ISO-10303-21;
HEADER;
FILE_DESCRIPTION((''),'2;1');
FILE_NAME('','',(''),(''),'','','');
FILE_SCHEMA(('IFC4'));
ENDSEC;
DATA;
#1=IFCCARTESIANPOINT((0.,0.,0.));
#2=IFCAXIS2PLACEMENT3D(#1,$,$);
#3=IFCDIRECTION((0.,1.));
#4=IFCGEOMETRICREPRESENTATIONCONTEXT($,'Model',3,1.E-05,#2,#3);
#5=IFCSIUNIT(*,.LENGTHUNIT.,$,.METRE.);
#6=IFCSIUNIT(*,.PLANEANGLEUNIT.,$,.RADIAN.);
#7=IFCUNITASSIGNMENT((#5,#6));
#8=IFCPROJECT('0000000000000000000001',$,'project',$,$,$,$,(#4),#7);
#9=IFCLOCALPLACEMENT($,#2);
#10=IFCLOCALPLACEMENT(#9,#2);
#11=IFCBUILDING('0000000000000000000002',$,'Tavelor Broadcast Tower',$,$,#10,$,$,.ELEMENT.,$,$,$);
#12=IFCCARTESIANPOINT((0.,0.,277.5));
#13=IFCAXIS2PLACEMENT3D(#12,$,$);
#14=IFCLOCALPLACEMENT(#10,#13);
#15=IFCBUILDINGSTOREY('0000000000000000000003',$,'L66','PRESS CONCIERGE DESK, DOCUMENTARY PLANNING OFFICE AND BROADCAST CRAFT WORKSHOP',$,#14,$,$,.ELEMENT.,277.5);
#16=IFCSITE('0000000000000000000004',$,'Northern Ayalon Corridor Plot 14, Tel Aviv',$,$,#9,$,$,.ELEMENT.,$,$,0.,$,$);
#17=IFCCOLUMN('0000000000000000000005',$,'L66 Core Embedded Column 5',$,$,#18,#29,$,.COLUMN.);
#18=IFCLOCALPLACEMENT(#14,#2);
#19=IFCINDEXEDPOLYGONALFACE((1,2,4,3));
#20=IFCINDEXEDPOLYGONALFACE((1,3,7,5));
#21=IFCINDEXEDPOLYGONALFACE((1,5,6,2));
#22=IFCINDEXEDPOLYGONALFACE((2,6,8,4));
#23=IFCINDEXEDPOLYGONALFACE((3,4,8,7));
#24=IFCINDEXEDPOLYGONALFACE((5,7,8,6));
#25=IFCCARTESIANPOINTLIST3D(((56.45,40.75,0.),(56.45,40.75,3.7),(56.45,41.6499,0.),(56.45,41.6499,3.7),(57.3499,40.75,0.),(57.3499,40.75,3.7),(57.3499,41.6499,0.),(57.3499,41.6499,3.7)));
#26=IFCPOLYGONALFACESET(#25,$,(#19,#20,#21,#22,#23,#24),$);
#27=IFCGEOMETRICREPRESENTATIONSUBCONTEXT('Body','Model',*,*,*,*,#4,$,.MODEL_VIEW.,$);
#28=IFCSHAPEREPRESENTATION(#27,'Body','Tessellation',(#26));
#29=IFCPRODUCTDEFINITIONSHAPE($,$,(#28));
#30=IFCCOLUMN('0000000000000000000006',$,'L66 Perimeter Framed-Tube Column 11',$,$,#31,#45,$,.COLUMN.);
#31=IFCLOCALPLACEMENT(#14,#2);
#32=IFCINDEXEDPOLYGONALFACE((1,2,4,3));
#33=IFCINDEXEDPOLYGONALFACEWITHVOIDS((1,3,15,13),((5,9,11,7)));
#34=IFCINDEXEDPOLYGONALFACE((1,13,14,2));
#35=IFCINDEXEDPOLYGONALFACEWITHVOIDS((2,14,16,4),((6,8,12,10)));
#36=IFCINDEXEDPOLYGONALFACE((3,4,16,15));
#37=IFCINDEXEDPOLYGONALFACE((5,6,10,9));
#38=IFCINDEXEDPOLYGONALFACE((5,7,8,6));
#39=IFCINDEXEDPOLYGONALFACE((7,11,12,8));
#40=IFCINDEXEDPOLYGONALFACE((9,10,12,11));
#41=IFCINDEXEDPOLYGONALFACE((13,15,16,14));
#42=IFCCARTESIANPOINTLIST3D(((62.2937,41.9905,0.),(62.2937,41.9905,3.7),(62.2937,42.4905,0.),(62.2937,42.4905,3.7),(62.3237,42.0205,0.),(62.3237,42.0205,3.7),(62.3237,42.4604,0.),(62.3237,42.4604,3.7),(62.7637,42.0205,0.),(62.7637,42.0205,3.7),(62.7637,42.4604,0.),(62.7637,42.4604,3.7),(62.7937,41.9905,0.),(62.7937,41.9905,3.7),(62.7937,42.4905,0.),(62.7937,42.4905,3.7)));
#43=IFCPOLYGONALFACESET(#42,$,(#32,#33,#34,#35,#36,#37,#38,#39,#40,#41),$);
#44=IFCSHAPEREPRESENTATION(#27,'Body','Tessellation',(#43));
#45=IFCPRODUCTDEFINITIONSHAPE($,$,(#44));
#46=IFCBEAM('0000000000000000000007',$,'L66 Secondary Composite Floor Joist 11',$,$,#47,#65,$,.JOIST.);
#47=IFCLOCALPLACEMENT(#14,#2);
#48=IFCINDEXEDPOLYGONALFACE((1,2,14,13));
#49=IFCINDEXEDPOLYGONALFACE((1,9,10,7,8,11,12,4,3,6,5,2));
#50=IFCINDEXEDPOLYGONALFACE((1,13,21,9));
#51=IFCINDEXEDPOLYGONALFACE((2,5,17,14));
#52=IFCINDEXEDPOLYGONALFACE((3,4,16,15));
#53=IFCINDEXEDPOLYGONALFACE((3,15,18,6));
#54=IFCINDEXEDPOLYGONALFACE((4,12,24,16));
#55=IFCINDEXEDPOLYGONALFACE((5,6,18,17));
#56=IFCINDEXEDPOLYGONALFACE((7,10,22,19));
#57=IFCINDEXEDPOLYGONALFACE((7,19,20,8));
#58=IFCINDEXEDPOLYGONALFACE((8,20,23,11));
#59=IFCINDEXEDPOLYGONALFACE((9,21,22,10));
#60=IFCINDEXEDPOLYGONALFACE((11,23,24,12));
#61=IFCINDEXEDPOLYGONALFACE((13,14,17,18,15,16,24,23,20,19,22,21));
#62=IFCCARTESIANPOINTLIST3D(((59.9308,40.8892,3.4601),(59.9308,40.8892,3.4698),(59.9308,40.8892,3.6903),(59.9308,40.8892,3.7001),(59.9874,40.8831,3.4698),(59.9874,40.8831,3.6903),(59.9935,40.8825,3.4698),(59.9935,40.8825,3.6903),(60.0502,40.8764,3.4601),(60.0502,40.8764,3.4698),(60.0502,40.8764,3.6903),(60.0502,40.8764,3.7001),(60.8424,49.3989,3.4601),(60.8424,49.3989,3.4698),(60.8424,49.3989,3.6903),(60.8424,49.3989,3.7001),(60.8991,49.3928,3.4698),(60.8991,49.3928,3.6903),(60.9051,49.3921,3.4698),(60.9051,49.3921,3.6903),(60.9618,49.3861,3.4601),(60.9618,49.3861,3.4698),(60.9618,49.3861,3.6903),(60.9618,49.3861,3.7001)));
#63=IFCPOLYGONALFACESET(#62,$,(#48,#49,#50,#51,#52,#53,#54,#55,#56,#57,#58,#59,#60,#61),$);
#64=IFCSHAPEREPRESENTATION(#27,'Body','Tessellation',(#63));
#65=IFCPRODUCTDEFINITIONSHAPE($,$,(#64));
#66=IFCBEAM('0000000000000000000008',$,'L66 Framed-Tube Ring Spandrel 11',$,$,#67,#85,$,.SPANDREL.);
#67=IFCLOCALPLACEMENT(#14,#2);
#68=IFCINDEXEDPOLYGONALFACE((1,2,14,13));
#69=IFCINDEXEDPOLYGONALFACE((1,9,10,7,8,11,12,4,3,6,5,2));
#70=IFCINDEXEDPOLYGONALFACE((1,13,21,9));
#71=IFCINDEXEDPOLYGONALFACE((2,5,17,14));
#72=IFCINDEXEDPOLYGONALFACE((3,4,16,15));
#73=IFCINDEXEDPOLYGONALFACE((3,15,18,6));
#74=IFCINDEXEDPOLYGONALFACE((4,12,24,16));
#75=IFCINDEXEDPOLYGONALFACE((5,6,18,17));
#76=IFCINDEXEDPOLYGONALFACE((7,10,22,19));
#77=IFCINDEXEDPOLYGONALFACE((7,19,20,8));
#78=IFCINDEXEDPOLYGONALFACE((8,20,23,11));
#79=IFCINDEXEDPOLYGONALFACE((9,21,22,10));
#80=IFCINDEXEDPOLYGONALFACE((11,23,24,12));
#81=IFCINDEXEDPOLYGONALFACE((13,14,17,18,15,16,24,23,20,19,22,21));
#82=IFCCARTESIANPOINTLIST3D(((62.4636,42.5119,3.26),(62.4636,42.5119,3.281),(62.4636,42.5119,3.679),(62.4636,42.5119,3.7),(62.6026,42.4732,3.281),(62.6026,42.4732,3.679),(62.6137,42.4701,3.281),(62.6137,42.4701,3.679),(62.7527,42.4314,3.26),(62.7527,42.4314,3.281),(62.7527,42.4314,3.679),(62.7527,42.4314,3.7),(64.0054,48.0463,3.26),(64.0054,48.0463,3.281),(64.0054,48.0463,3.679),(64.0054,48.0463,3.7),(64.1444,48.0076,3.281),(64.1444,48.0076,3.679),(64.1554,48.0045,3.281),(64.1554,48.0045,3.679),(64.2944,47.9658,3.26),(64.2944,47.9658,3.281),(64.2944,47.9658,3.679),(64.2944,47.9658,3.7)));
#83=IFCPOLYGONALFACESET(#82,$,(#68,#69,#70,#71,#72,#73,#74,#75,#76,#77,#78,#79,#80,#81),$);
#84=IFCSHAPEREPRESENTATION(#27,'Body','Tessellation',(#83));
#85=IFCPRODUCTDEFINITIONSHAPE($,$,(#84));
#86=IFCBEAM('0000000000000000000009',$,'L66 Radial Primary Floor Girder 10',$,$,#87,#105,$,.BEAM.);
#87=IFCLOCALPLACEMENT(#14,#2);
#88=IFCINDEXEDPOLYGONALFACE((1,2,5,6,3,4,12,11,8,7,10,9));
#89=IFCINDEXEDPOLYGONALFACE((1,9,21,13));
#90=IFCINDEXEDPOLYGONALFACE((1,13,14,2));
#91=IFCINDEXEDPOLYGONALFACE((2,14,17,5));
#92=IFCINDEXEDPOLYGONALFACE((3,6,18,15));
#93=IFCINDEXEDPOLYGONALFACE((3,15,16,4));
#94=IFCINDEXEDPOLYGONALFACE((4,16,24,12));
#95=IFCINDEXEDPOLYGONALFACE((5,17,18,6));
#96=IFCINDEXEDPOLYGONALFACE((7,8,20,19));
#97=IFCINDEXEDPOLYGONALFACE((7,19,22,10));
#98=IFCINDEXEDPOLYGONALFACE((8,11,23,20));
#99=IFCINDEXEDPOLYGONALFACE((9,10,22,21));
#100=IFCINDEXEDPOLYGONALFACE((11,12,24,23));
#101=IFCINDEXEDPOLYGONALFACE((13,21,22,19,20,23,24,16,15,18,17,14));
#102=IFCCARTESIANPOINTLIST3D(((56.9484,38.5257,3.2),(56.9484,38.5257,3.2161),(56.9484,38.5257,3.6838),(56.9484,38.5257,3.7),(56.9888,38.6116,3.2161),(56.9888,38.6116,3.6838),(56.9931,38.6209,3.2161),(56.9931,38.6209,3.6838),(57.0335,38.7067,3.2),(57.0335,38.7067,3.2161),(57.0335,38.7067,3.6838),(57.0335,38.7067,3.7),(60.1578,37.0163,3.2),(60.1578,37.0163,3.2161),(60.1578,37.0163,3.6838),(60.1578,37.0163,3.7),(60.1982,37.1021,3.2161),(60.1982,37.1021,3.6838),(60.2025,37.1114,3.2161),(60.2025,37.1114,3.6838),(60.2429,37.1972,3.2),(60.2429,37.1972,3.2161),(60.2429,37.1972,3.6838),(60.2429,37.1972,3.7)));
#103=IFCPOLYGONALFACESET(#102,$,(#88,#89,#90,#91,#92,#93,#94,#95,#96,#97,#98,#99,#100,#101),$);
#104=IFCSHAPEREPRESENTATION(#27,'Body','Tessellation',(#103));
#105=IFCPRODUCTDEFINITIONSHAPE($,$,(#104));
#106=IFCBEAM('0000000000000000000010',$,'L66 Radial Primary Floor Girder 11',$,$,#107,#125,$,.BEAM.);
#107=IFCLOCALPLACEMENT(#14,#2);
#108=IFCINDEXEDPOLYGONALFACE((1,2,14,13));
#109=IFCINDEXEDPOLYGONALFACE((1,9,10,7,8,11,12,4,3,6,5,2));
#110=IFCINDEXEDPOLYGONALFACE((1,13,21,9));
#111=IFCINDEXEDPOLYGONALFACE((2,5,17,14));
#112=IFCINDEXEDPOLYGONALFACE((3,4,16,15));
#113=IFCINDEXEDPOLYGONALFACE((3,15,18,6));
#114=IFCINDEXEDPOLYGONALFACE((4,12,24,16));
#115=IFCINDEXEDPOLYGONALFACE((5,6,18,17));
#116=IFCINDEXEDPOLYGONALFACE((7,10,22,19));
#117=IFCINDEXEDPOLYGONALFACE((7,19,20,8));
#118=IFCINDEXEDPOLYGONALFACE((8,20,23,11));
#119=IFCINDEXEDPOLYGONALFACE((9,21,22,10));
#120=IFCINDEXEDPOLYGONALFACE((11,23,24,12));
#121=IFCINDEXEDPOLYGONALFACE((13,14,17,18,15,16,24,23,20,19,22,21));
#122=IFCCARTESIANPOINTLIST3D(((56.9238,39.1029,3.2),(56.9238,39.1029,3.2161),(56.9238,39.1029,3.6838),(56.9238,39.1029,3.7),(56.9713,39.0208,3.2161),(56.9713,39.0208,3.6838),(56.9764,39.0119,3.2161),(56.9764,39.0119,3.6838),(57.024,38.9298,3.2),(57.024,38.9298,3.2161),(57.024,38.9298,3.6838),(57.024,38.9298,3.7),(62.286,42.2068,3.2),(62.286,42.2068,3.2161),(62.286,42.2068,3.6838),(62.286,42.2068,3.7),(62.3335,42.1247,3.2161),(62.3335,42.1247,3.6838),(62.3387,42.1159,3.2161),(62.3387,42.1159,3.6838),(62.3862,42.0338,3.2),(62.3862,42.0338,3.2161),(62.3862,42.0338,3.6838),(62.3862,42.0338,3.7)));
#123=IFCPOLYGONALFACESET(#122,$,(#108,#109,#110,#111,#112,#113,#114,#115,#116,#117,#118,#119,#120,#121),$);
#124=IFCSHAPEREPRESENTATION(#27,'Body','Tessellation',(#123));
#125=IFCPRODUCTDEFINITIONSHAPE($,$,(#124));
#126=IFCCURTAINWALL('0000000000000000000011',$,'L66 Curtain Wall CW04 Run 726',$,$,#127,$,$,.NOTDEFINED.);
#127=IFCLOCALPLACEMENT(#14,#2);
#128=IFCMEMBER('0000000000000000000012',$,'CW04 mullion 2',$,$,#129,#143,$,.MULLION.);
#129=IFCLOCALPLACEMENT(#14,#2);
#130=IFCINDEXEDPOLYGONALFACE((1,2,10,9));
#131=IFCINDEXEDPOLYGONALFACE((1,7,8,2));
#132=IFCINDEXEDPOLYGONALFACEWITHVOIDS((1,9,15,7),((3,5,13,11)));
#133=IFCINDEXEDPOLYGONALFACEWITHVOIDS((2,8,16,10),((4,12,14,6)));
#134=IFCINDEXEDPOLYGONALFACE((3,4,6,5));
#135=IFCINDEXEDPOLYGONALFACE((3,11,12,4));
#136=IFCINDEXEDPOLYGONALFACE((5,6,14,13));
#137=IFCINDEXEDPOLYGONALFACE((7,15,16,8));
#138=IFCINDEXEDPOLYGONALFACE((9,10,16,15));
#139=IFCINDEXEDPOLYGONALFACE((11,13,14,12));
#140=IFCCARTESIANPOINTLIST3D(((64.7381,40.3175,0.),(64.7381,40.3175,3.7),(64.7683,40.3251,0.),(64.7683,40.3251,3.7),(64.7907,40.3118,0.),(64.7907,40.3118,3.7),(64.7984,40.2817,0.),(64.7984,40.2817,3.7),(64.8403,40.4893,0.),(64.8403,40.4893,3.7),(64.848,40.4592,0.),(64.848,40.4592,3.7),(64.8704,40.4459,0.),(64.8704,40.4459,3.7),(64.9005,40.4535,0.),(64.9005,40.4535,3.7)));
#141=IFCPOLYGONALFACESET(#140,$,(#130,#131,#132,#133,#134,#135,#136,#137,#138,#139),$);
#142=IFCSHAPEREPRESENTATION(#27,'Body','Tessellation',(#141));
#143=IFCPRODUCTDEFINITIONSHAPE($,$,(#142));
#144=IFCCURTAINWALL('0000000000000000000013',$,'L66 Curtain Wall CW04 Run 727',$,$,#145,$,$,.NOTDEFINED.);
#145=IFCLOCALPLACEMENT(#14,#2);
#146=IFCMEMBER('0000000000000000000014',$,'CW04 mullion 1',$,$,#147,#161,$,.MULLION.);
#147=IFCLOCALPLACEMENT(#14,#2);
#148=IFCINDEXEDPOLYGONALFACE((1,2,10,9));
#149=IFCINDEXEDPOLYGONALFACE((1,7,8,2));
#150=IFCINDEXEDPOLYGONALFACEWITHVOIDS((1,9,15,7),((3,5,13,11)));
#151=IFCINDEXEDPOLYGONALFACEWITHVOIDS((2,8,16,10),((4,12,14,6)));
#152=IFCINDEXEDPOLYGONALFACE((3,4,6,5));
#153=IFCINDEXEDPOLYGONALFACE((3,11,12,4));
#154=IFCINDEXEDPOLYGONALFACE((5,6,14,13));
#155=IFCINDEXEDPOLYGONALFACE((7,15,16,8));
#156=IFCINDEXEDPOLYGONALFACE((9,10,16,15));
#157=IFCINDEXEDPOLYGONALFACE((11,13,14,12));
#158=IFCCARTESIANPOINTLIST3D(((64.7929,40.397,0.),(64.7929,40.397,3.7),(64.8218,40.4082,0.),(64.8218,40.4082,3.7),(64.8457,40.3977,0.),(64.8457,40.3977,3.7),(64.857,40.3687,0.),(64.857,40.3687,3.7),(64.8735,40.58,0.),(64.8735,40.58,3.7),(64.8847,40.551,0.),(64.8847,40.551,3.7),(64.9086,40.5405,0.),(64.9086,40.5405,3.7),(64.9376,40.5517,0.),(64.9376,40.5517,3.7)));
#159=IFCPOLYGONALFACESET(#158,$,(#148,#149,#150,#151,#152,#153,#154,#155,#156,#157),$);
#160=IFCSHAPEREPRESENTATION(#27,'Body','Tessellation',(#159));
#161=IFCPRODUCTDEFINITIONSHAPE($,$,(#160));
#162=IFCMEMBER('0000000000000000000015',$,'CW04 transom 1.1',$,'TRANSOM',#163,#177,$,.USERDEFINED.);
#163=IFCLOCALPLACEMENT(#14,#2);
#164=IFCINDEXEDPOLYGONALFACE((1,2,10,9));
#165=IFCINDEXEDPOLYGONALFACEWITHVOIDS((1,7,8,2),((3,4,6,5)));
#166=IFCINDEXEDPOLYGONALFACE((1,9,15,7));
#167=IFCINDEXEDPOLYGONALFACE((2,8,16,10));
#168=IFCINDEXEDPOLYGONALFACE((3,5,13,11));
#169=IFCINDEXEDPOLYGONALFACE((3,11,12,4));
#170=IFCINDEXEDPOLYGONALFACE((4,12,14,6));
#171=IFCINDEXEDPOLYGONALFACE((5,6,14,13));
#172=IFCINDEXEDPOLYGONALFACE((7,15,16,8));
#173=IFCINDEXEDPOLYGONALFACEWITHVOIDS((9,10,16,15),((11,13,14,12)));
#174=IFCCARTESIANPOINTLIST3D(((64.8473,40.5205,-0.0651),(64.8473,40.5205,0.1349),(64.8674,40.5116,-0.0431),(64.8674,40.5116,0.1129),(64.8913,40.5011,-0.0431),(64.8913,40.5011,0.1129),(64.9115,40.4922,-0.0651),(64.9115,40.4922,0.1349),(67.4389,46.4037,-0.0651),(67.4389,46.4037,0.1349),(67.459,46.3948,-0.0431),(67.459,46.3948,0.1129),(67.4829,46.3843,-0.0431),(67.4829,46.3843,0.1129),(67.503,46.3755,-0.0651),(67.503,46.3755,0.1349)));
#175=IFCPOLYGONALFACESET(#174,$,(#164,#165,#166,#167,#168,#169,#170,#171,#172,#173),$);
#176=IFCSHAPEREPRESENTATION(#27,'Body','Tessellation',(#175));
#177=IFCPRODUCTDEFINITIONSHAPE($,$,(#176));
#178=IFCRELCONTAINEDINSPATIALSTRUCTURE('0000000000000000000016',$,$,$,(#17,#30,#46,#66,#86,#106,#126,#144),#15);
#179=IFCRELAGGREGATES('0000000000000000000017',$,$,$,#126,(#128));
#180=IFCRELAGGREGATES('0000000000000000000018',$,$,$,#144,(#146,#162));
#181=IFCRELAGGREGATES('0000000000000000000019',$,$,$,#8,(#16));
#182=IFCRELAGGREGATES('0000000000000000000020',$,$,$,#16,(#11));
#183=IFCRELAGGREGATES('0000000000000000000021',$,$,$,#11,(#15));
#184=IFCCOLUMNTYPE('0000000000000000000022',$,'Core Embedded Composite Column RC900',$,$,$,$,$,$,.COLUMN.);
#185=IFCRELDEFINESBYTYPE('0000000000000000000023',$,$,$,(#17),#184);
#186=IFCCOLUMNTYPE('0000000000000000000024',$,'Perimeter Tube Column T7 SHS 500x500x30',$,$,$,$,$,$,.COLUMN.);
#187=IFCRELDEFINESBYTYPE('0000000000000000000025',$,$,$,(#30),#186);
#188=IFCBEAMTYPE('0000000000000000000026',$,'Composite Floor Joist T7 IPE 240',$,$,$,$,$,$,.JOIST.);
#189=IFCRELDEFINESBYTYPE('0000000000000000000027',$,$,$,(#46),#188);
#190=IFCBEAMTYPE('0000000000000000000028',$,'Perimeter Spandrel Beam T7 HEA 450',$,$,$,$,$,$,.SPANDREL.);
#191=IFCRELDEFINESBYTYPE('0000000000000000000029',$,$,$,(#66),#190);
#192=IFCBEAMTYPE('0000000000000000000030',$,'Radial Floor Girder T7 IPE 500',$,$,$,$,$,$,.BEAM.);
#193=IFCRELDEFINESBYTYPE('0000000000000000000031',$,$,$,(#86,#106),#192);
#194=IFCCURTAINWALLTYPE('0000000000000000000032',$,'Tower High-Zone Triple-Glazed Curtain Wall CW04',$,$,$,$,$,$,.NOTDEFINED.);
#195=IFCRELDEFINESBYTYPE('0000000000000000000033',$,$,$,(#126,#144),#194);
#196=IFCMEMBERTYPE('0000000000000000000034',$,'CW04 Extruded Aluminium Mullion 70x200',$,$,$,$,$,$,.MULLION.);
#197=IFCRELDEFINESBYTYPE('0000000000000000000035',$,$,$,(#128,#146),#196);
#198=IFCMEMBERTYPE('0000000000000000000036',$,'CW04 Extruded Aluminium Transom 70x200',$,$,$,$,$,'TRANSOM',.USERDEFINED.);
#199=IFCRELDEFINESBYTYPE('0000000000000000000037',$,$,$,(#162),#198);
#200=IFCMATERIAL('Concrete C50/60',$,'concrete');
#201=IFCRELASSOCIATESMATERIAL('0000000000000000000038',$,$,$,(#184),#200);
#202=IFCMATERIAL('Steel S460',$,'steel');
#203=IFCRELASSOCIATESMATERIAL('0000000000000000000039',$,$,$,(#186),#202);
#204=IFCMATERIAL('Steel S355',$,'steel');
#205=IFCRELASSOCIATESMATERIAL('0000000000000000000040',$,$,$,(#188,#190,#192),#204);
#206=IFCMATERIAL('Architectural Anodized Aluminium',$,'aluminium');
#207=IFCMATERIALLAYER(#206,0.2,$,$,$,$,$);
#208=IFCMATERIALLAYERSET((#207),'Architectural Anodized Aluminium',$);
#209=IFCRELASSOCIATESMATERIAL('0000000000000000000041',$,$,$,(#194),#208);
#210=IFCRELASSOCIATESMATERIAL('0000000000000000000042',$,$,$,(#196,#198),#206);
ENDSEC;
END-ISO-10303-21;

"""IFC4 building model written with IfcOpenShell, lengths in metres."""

from ifc_helpers import new_model, si_unit, direction, frame, origin, origin_2d, place, context, subcontext, project, spatial, rectangle, hollow_rectangle, i_section, extrude, source, transform, mapped, material, layer, layer_set, material_profile, profile_set, type_object, type_shapes, element, aggregate, save


model = new_model("IFC4")

# Units and contexts
model_context = context("Model", 3, precision=1e-05, world=origin(), true_north=direction((0.0, 1.0)))
body_context = subcontext(model_context, "Body", "Model", "MODEL_VIEW")
ifc_project = project(units=[si_unit("LENGTHUNIT", "METRE"), si_unit("PLANEANGLEUNIT", "RADIAN")], contexts=[model_context])

# Site, building, storey
site_placement = place(None, origin())
site = spatial("IfcSite", under=ifc_project, at=site_placement, Name="Northern Ayalon Corridor Plot 14, Tel Aviv", CompositionType="ELEMENT", RefElevation=0.0)
building_placement = place(site_placement, origin())
building = spatial("IfcBuilding", under=site, at=building_placement, Name="Tavelor Broadcast Tower", CompositionType="ELEMENT")
storey_placement = place(building_placement, frame((0.0, 0.0, 277.5)))
storey = spatial("IfcBuildingStorey", under=building, at=storey_placement, Name="L66", Description="PRESS CONCIERGE DESK, DOCUMENTARY PLANNING OFFICE AND BROADCAST CRAFT WORKSHOP", CompositionType="ELEMENT", Elevation=277.5)

# Columns
ifc_material_1 = material(Name="Concrete C50/60", Category="concrete")
ifc_material_profile_1 = material_profile(ifc_material_1, rectangle(XDim=0.8999, YDim=0.8999, at=origin_2d()), Name="RC 900x900")
ifc_profile_set_1 = profile_set([ifc_material_profile_1], Name="Concrete C50/60")
column_type_1 = type_object("IfcColumnType", Name="Core Embedded Composite Column RC900", PredefinedType="COLUMN", material=ifc_profile_set_1)
column_1_placement = place(storey_placement, frame((56.8999, 41.2, 0.0), z_axis=(0.0, 0.0, 1.0), x_axis=(1.0, 0.0, 0.0)))
element("IfcColumn", 1, at=column_1_placement, inside=storey, type_object=column_type_1, Name="L66 Core Embedded Column 5", PredefinedType="COLUMN", context=body_context, shape_type="SweptSolid", body=[
    extrude(rectangle(XDim=0.8999, YDim=0.8999, at=origin_2d()), origin(), (0.0, 0.0, 1.0), 3.7),
])
ifc_material_2 = material(Name="Steel S460", Category="steel")
ifc_material_profile_2 = material_profile(ifc_material_2, hollow_rectangle(XDim=0.5, YDim=0.5, WallThickness=0.03, at=origin_2d()), Name="SHS 500x500x30")
ifc_profile_set_2 = profile_set([ifc_material_profile_2], Name="Steel S460")
column_type_2 = type_object("IfcColumnType", Name="Perimeter Tube Column T7 SHS 500x500x30", PredefinedType="COLUMN", material=ifc_profile_set_2)
column_2_placement = place(storey_placement, frame((62.5437, 42.2405, 0.0), z_axis=(0.0, 0.0, 1.0), x_axis=(1.0, 0.0, 0.0)))
element("IfcColumn", 2, at=column_2_placement, inside=storey, type_object=column_type_2, Name="L66 Perimeter Framed-Tube Column 11", PredefinedType="COLUMN", context=body_context, shape_type="SweptSolid", body=[
    extrude(hollow_rectangle(XDim=0.5, YDim=0.5, WallThickness=0.03, at=origin_2d()), origin(), (0.0, 0.0, 1.0), 3.7),
])

# Beams
ifc_material_3 = material(Name="Steel S355", Category="steel")
ifc_material_profile_3 = material_profile(ifc_material_3, i_section(OverallWidth=0.1201, OverallDepth=0.24, WebThickness=0.0061, FlangeThickness=0.0098, at=origin_2d()), Name="IPE 240")
ifc_profile_set_3 = profile_set([ifc_material_profile_3], Name="Steel S355")
beam_type_1 = type_object("IfcBeamType", Name="Composite Floor Joist T7 IPE 240", PredefinedType="JOIST", material=ifc_profile_set_3)
beam_1_placement = place(storey_placement, frame((59.9905, 40.8828, 3.5801), z_axis=(0.106517, 0.994311, 0.0), x_axis=(-0.994311, 0.106517, 0.0)))
element("IfcBeam", 3, at=beam_1_placement, inside=storey, type_object=beam_type_1, Name="L66 Secondary Composite Floor Joist 11", PredefinedType="JOIST", context=body_context, shape_type="SweptSolid", body=[
    extrude(i_section(OverallWidth=0.1201, OverallDepth=0.24, WebThickness=0.0061, FlangeThickness=0.0098, at=origin_2d()), origin(), (0.0, 0.0, 1.0), 8.5583),
])
ifc_material_profile_4 = material_profile(ifc_material_3, i_section(OverallWidth=0.3, OverallDepth=0.4399, WebThickness=0.0115, FlangeThickness=0.021, at=origin_2d()), Name="HEA 450")
ifc_profile_set_4 = profile_set([ifc_material_profile_4], Name="Steel S355")
beam_type_2 = type_object("IfcBeamType", Name="Perimeter Spandrel Beam T7 HEA 450", PredefinedType="SPANDREL", material=ifc_profile_set_4)
beam_2_placement = place(storey_placement, frame((62.6082, 42.4717, 3.48), z_axis=(0.268356, 0.96332, 0.0), x_axis=(-0.96332, 0.268356, 0.0)))
element("IfcBeam", 4, at=beam_2_placement, inside=storey, type_object=beam_type_2, Name="L66 Framed-Tube Ring Spandrel 11", PredefinedType="SPANDREL", context=body_context, shape_type="SweptSolid", body=[
    extrude(i_section(OverallWidth=0.3, OverallDepth=0.4399, WebThickness=0.0115, FlangeThickness=0.021, at=origin_2d()), origin(), (0.0, 0.0, 1.0), 5.7451),
])
ifc_material_profile_5 = material_profile(ifc_material_3, i_section(OverallWidth=0.2, OverallDepth=0.5, WebThickness=0.0103, FlangeThickness=0.0161, at=origin_2d()), Name="IPE 500")
ifc_profile_set_5 = profile_set([ifc_material_profile_5], Name="Steel S355")
beam_type_3 = type_object("IfcBeamType", Name="Radial Floor Girder T7 IPE 500", PredefinedType="BEAM", material=ifc_profile_set_5)
beam_3_placement = place(storey_placement, frame((56.991, 38.6162, 3.45), z_axis=(0.904908, -0.425608, 0.0), x_axis=(0.425608, 0.904908, 0.0)))
element("IfcBeam", 5, at=beam_3_placement, inside=storey, type_object=beam_type_3, Name="L66 Radial Primary Floor Girder 10", PredefinedType="BEAM", context=body_context, shape_type="SweptSolid", body=[
    extrude(i_section(OverallWidth=0.2, OverallDepth=0.5, WebThickness=0.0103, FlangeThickness=0.0161, at=origin_2d()), origin(), (0.0, 0.0, 1.0), 3.5466),
])
beam_4_placement = place(storey_placement, frame((56.9739, 39.0164, 3.45), z_axis=(0.86546, 0.500977, 0.0), x_axis=(-0.500977, 0.86546, 0.0)))
element("IfcBeam", 6, at=beam_4_placement, inside=storey, type_object=beam_type_3, Name="L66 Radial Primary Floor Girder 11", PredefinedType="BEAM", context=body_context, shape_type="SweptSolid", body=[
    extrude(i_section(OverallWidth=0.2, OverallDepth=0.5, WebThickness=0.0103, FlangeThickness=0.0161, at=origin_2d()), origin(), (0.0, 0.0, 1.0), 6.1958),
])

# Curtain wall, member
ifc_material_4 = material(Name="Architectural Anodized Aluminium", Category="aluminium")
ifc_layer_1 = layer(ifc_material_4, 0.2)
ifc_layer_set_1 = layer_set([ifc_layer_1], Name="Architectural Anodized Aluminium")
curtain_wall_type = type_object("IfcCurtainWallType", Name="Tower High-Zone Triple-Glazed Curtain Wall CW04", PredefinedType="NOTDEFINED", material=ifc_layer_set_1)
curtain_wall_1_placement = place(storey_placement, origin())
curtain_wall_1 = element("IfcCurtainWall", 7, at=curtain_wall_1_placement, inside=storey, type_object=curtain_wall_type, Name="L66 Curtain Wall CW04 Run 726", PredefinedType="NOTDEFINED")
ifc_material_profile_6 = material_profile(ifc_material_4, hollow_rectangle(XDim=0.0701, YDim=0.2, WallThickness=0.022, at=origin_2d()), Name="RHS 70x200x22")
ifc_profile_set_6 = profile_set([ifc_material_profile_6], Name="Architectural Anodized Aluminium")
member_type_1 = type_object("IfcMemberType", Name="CW04 Extruded Aluminium Mullion 70x200", PredefinedType="MULLION", material=ifc_profile_set_6)
shared_shape_1 = source(origin(), body_context, "Body", "SweptSolid", [
    extrude(hollow_rectangle(XDim=0.0701, YDim=0.2, WallThickness=0.022, at=origin_2d()), origin(), (0.0, 0.0, 1.0), 3.7),
])
type_shapes(member_type_1, [shared_shape_1])
member_1_placement = place(storey_placement, frame((64.8193, 40.3855, 0.0), z_axis=(0.0, 0.0, 1.0), x_axis=(-0.85964, 0.5109, 0.0)))
member_1 = element("IfcMember", 8, at=member_1_placement, type_object=member_type_1, Name="CW04 mullion 2", PredefinedType="MULLION", context=body_context, shape_type="MappedRepresentation", body=[
    mapped(shared_shape_1, transform((0.0, 0.0, 0.0), scale=1.0)),
])
aggregate(curtain_wall_1, [member_1])

# Curtain wall, members
curtain_wall_2_placement = place(storey_placement, origin())
curtain_wall_2 = element("IfcCurtainWall", 9, at=curtain_wall_2_placement, inside=storey, type_object=curtain_wall_type, Name="L66 Curtain Wall CW04 Run 727", PredefinedType="NOTDEFINED")
member_2_placement = place(storey_placement, frame((64.8652, 40.4744, 0.0), z_axis=(0.0, 0.0, 1.0), x_axis=(-0.915144, 0.403126, 0.0)))
member_2 = element("IfcMember", 10, at=member_2_placement, type_object=member_type_1, Name="CW04 mullion 1", PredefinedType="MULLION", context=body_context, shape_type="MappedRepresentation", body=[
    mapped(shared_shape_1, transform((0.0, 0.0, 0.0), scale=1.0)),
])
ifc_material_profile_7 = material_profile(ifc_material_4, hollow_rectangle(XDim=0.0701, YDim=0.2, WallThickness=0.022, at=origin_2d()), Name="RHS 70x200x22")
ifc_profile_set_7 = profile_set([ifc_material_profile_7], Name="Architectural Anodized Aluminium")
member_type_2 = type_object("IfcMemberType", Name="CW04 Extruded Aluminium Transom 70x200", ElementType="TRANSOM", PredefinedType="USERDEFINED", material=ifc_profile_set_7)
shared_shape_2 = source(origin(), body_context, "Body", "SweptSolid", [
    extrude(hollow_rectangle(XDim=0.0701, YDim=0.2, WallThickness=0.022, at=origin_2d()), origin(), (0.0, 0.0, 1.0), 6.4287),
])
type_shapes(member_type_2, [shared_shape_2])
member_3_placement = place(storey_placement, frame((64.8794, 40.5063, 0.0349), z_axis=(0.403117, 0.915149, 0.0), x_axis=(-0.915149, 0.403117, 0.0)))
member_3 = element("IfcMember", 11, at=member_3_placement, type_object=member_type_2, Name="CW04 transom 1.1", ObjectType="TRANSOM", PredefinedType="USERDEFINED", context=body_context, shape_type="MappedRepresentation", body=[
    mapped(shared_shape_2, transform((0.0, 0.0, 0.0), scale=1.0)),
])

aggregate(curtain_wall_2, [member_2, member_3])

save(model, "model.ifc")
